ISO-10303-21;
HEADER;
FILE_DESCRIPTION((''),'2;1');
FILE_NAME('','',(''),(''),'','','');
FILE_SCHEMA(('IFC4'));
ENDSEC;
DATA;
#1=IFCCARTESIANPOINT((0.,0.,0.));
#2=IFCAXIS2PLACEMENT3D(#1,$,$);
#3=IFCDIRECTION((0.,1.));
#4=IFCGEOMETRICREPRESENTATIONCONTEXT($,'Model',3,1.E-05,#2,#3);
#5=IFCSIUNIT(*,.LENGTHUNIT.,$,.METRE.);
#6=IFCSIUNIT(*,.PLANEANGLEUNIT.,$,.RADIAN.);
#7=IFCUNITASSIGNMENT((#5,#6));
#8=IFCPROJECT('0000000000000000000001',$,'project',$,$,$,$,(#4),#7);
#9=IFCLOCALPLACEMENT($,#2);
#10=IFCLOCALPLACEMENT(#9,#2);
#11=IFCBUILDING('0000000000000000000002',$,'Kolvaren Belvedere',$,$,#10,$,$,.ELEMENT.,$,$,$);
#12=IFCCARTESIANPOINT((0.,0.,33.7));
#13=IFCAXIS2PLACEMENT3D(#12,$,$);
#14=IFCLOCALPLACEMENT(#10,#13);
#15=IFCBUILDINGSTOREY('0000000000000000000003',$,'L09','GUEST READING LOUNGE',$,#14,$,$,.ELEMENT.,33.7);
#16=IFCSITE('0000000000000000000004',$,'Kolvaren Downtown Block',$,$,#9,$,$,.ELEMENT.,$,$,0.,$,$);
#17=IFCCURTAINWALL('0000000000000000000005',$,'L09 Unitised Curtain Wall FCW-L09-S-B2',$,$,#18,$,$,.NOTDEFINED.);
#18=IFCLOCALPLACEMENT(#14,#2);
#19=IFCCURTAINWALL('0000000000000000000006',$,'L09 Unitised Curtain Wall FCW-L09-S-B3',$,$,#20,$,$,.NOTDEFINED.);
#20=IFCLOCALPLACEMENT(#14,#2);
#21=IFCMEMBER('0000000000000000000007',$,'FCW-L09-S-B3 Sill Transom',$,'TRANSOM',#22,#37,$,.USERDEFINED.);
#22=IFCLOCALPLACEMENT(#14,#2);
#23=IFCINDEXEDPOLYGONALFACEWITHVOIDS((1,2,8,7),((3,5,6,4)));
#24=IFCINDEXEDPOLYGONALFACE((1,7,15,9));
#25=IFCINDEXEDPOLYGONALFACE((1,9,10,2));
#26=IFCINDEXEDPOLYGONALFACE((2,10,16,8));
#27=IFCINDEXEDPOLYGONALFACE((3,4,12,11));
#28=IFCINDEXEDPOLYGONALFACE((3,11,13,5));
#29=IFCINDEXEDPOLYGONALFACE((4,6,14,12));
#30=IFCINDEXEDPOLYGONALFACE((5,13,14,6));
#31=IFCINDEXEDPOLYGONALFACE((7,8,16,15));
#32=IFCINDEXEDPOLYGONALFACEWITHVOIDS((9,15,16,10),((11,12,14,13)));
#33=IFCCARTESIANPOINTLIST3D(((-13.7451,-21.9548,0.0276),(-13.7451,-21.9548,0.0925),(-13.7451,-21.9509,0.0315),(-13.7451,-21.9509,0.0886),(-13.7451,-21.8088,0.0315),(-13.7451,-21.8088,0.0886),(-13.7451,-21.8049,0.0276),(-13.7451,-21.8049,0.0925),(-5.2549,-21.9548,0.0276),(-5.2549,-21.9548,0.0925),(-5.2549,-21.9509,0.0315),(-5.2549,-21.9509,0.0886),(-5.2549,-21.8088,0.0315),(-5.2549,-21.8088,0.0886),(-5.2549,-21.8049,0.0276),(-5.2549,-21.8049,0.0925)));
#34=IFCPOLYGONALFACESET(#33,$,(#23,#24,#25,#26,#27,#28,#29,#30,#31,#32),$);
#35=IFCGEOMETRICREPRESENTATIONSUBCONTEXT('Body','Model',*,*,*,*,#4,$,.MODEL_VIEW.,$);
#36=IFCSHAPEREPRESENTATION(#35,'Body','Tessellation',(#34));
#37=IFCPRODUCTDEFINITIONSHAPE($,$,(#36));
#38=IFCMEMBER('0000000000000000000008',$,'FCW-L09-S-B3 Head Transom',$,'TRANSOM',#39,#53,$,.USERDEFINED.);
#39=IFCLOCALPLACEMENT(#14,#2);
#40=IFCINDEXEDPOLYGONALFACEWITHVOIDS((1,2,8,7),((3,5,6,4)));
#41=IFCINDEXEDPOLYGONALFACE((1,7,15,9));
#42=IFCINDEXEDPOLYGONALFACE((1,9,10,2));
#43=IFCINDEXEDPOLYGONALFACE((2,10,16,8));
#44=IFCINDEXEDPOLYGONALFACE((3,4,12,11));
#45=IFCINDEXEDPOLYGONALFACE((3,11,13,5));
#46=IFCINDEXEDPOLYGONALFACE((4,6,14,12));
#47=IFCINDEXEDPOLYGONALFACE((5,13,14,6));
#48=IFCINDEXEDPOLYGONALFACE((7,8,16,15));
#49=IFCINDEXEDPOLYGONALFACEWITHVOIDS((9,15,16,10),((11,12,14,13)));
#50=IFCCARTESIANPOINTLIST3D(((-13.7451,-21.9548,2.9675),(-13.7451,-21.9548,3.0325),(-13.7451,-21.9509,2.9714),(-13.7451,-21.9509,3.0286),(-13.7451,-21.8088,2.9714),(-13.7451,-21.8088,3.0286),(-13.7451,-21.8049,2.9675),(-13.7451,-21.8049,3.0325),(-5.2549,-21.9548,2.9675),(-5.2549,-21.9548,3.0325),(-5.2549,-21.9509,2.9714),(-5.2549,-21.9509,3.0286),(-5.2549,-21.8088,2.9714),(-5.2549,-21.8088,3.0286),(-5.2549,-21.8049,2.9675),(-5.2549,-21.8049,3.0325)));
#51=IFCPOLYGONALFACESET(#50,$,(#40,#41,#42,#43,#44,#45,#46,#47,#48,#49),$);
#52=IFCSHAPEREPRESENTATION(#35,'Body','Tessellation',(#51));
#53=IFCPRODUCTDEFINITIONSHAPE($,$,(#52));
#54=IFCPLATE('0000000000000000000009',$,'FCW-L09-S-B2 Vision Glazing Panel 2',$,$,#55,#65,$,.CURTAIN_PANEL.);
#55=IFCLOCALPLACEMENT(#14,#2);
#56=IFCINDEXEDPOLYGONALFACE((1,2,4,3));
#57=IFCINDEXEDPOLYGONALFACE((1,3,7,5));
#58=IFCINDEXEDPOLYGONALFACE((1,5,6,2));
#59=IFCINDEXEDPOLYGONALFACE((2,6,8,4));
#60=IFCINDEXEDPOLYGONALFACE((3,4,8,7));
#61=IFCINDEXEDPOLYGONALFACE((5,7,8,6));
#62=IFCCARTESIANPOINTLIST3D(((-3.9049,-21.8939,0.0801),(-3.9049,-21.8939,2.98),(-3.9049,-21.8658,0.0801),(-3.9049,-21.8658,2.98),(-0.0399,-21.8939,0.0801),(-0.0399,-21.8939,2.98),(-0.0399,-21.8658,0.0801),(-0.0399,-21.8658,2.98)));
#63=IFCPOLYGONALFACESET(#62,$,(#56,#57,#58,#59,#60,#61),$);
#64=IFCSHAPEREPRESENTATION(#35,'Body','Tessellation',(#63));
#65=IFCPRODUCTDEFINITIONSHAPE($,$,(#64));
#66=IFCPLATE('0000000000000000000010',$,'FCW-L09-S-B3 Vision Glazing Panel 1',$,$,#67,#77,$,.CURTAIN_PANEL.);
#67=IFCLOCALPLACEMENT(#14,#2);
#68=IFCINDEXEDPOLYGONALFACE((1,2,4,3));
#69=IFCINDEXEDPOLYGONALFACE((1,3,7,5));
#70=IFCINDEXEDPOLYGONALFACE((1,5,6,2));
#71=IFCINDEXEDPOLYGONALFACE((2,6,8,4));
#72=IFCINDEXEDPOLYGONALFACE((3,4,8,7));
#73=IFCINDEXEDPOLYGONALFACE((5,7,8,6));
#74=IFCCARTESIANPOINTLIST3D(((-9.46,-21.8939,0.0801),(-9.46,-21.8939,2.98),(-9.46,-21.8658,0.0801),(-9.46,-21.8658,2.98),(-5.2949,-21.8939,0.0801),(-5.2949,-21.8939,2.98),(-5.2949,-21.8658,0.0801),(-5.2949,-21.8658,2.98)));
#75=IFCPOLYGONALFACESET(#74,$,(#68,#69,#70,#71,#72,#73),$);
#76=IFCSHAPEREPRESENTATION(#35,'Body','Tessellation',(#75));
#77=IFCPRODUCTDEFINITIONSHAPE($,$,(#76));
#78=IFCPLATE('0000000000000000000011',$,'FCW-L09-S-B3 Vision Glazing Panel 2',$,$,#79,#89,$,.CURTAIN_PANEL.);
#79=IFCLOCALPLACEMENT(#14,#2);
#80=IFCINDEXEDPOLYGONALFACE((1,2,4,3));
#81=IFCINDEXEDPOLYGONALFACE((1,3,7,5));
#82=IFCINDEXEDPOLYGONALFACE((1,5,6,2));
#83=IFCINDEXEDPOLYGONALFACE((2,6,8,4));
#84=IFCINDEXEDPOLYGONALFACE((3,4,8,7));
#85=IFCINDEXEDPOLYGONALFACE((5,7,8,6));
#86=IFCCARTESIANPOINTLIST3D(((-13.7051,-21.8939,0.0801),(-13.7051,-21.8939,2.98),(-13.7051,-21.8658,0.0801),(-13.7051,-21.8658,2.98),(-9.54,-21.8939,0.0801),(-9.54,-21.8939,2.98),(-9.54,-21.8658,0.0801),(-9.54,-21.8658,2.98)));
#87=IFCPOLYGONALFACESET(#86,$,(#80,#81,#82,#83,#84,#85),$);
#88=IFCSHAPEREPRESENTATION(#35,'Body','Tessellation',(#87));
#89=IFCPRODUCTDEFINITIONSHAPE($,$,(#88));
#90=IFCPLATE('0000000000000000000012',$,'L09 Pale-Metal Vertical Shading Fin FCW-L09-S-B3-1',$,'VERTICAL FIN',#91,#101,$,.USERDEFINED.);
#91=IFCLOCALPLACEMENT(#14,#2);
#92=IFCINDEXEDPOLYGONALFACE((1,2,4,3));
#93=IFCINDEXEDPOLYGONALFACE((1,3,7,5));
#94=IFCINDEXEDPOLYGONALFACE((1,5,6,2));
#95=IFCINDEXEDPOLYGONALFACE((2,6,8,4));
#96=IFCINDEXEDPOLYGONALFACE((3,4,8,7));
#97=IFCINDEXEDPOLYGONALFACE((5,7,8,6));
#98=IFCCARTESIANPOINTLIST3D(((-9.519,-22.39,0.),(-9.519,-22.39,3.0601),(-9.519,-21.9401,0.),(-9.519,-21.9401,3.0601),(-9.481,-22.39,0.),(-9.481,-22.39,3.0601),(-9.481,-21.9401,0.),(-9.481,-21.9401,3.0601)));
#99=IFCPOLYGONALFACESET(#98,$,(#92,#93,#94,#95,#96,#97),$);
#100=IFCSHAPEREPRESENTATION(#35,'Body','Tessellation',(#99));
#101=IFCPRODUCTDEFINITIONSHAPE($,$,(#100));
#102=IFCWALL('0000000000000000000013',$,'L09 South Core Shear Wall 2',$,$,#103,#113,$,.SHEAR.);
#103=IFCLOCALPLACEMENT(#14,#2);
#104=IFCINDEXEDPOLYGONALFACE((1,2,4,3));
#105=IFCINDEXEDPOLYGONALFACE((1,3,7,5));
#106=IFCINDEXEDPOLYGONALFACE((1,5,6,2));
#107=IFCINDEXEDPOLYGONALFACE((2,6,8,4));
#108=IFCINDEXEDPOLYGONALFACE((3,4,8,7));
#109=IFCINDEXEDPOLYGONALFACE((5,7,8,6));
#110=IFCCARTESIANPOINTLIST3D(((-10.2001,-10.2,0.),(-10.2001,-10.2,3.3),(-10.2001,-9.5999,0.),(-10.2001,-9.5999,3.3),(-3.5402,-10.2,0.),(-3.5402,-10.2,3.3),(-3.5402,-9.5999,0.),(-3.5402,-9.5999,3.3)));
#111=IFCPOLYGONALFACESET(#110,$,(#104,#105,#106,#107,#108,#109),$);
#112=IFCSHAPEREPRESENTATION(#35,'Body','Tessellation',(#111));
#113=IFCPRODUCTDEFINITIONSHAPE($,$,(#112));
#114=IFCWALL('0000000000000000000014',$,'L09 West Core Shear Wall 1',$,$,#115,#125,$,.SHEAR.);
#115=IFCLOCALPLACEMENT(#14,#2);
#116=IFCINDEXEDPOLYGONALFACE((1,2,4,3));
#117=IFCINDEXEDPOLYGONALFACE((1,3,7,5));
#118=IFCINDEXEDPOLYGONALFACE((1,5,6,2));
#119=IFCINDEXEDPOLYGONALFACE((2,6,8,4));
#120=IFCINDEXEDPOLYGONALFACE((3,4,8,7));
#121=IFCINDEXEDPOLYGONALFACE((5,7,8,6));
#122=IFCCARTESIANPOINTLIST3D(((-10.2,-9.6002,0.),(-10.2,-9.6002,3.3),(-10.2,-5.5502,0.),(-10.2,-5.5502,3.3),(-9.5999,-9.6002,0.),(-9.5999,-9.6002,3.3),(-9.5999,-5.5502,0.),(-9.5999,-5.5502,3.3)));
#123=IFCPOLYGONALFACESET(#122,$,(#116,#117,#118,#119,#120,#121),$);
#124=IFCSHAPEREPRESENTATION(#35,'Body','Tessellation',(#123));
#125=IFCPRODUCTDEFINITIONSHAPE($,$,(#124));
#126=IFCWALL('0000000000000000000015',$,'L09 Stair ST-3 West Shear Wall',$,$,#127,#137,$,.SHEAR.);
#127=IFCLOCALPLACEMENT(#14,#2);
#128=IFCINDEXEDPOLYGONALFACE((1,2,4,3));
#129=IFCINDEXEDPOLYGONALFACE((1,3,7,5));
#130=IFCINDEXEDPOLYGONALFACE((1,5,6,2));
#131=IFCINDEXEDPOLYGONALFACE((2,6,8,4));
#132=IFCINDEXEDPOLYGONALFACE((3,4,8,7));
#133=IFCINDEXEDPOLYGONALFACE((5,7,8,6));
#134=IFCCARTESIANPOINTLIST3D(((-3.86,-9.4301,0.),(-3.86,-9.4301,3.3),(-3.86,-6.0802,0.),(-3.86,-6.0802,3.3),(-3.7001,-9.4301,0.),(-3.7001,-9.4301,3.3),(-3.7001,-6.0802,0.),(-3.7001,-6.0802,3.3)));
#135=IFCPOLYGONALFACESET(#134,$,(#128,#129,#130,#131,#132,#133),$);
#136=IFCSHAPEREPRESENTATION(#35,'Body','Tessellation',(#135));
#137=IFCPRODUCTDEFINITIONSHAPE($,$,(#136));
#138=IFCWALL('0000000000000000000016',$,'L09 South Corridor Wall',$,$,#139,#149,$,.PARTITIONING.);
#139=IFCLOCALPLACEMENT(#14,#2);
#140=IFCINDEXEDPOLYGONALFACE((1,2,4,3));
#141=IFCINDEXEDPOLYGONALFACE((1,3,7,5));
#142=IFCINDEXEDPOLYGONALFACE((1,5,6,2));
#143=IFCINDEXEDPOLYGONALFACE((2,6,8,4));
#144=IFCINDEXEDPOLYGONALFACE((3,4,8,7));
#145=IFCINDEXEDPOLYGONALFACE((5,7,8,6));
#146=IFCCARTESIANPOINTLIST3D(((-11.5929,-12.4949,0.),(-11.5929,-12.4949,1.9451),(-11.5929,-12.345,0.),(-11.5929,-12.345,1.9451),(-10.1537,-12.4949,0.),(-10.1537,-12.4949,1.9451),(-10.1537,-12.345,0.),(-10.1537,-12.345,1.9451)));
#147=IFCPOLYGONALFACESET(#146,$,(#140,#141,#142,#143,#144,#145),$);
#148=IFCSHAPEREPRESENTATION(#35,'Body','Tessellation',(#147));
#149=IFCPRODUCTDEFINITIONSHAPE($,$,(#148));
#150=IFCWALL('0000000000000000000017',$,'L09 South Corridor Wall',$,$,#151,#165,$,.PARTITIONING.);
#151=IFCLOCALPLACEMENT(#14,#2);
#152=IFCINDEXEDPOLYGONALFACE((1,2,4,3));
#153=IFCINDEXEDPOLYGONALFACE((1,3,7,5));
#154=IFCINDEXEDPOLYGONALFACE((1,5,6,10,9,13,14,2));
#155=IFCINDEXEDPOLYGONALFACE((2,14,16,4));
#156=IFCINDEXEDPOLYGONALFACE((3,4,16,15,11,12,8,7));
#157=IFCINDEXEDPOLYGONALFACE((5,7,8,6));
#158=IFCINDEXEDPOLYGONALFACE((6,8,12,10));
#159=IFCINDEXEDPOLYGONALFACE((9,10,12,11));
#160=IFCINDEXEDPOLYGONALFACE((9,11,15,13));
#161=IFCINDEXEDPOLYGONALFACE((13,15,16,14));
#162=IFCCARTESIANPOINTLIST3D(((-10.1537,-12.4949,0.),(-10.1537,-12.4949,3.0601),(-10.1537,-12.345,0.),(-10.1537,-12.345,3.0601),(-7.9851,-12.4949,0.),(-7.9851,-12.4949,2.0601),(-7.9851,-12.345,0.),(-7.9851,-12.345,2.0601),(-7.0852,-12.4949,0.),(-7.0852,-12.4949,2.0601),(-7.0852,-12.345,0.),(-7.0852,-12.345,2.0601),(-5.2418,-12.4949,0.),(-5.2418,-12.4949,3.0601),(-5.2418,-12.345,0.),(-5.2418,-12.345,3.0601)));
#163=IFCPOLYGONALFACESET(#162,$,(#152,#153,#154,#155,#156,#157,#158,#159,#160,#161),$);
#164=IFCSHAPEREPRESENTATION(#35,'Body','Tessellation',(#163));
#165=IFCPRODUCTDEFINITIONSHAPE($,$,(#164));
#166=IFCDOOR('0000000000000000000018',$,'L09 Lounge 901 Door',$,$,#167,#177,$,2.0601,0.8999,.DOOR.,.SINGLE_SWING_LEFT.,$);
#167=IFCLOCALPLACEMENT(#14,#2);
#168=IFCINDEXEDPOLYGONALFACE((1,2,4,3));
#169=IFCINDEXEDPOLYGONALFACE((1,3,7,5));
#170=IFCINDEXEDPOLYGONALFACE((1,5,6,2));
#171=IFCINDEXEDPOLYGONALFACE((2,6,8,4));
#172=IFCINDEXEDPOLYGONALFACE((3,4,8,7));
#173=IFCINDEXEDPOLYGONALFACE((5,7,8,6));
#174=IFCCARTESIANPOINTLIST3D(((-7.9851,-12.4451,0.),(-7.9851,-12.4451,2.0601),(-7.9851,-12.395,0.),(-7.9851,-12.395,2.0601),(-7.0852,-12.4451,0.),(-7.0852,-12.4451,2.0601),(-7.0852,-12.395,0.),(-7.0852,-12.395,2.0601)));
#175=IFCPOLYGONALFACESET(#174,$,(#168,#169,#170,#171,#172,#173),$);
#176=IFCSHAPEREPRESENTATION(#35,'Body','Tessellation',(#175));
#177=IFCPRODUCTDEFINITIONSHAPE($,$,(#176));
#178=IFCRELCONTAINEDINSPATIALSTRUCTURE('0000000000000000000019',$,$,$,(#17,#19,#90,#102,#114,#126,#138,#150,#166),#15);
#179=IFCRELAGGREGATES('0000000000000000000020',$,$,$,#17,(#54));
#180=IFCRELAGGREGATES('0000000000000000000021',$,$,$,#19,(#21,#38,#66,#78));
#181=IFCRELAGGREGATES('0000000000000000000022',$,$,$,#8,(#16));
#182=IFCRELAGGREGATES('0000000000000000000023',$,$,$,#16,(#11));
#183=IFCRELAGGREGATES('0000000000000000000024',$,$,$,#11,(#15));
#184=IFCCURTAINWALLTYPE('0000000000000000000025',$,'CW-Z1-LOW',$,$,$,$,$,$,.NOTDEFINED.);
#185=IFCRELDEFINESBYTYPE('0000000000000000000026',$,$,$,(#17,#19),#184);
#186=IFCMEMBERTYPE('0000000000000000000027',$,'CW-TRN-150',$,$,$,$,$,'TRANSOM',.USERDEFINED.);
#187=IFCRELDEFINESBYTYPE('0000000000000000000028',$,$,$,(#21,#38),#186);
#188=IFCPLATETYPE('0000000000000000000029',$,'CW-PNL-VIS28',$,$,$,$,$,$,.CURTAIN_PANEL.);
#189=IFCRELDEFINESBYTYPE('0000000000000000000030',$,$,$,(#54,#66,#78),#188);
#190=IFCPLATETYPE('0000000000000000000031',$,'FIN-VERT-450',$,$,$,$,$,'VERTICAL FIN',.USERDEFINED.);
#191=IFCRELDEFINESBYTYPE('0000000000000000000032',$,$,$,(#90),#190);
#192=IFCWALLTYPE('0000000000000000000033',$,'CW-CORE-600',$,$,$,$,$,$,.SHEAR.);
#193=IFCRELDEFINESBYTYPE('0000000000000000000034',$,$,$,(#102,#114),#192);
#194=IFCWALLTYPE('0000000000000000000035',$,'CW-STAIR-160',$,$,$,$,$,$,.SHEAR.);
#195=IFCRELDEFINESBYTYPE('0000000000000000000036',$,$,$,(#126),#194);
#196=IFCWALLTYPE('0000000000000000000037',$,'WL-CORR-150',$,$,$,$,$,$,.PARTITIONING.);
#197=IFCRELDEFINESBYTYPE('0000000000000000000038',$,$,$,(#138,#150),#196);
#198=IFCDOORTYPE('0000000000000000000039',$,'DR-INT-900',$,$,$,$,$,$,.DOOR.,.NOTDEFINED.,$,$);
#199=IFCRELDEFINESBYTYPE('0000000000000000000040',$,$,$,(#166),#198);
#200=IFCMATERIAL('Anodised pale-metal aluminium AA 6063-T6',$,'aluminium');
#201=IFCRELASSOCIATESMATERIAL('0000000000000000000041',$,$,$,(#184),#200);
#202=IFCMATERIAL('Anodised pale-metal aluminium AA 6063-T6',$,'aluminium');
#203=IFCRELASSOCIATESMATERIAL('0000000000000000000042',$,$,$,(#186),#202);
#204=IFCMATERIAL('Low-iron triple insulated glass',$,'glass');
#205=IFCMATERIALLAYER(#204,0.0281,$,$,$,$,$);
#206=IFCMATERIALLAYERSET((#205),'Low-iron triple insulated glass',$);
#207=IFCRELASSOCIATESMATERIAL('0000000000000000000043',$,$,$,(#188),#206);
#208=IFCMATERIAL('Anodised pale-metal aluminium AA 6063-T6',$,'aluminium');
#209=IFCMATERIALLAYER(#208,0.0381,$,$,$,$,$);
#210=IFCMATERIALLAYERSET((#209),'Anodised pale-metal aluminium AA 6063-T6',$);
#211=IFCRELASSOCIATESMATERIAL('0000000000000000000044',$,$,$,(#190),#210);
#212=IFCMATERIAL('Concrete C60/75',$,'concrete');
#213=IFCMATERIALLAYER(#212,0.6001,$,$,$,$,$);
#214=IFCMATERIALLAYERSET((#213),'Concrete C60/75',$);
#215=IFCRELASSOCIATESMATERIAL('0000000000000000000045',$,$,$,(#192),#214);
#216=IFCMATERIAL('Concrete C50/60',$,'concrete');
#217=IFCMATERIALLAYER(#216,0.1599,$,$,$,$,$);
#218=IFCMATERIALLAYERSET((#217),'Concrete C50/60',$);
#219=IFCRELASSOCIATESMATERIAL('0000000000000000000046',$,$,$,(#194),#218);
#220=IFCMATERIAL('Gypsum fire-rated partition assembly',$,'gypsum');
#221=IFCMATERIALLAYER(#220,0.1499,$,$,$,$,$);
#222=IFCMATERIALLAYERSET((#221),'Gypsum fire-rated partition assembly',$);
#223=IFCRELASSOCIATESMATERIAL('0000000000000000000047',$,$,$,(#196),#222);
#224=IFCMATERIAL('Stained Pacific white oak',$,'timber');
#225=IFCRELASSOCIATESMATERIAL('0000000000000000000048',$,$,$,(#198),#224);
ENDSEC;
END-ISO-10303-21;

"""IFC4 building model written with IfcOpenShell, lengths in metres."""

from ifc_helpers import new_model, si_unit, direction, frame, frame_2d, origin, origin_2d, place, context, subcontext, project, spatial, rectangle, hollow_rectangle, extrude, material, layer, layer_set, material_profile, profile_set, type_object, element, fill, aggregate, save


model = new_model("IFC4")

# Units and contexts
model_context = context("Model", 3, precision=1e-05, world=origin(), true_north=direction((0.0, 1.0)))
body_context = subcontext(model_context, "Body", "Model", "MODEL_VIEW")
ifc_project = project(units=[si_unit("LENGTHUNIT", "METRE"), si_unit("PLANEANGLEUNIT", "RADIAN")], contexts=[model_context])

# Site, building, storey
site_placement = place(None, origin())
site = spatial("IfcSite", under=ifc_project, at=site_placement, Name="Kolvaren Downtown Block", CompositionType="ELEMENT", RefElevation=0.0)
building_placement = place(site_placement, origin())
building = spatial("IfcBuilding", under=site, at=building_placement, Name="Kolvaren Belvedere", CompositionType="ELEMENT")
storey_placement = place(building_placement, frame((0.0, 0.0, 33.7)))
storey = spatial("IfcBuildingStorey", under=building, at=storey_placement, Name="L09", Description="GUEST READING LOUNGE", CompositionType="ELEMENT", Elevation=33.7)

# Curtain wall
ifc_material_1 = material(Name="Anodised pale-metal aluminium AA 6063-T6", Category="aluminium")
curtain_wall_type = type_object("IfcCurtainWallType", Name="CW-Z1-LOW", PredefinedType="NOTDEFINED", material=ifc_material_1)
curtain_wall_1_placement = place(storey_placement, origin())
curtain_wall_1 = element("IfcCurtainWall", 1, at=curtain_wall_1_placement, inside=storey, type_object=curtain_wall_type, Name="L09 Unitised Curtain Wall FCW-L09-S-B2", PredefinedType="NOTDEFINED")

# Curtain wall, members
curtain_wall_2_placement = place(storey_placement, origin())
curtain_wall_2 = element("IfcCurtainWall", 2, at=curtain_wall_2_placement, inside=storey, type_object=curtain_wall_type, Name="L09 Unitised Curtain Wall FCW-L09-S-B3", PredefinedType="NOTDEFINED")
ifc_material_2 = material(Name="Anodised pale-metal aluminium AA 6063-T6", Category="aluminium")
ifc_material_profile_1 = material_profile(ifc_material_2, hollow_rectangle(XDim=0.0649, YDim=0.1499, WallThickness=0.0039, at=origin_2d()), Name="ALU-TRN-150X65")
ifc_profile_set_1 = profile_set([ifc_material_profile_1], Name="Anodised pale-metal aluminium AA 6063-T6")
member_type_1 = type_object("IfcMemberType", Name="CW-TRN-150", ElementType="TRANSOM", PredefinedType="USERDEFINED", material=ifc_profile_set_1)
member_1_placement = place(storey_placement, frame((-5.2549, -21.8799, 0.0601), z_axis=(-1.0, 0.0, 0.0), x_axis=(0.0, 0.0, 1.0)))
member_1 = element("IfcMember", 3, at=member_1_placement, type_object=member_type_1, Name="FCW-L09-S-B3 Sill Transom", ObjectType="TRANSOM", PredefinedType="USERDEFINED", context=body_context, shape_type="SweptSolid", body=[
    extrude(hollow_rectangle(XDim=0.0649, YDim=0.1499, WallThickness=0.0039, at=origin_2d()), origin(), (0.0, 0.0, 1.0), 8.4902),
])
member_2_placement = place(storey_placement, frame((-5.2549, -21.8799, 3.0), z_axis=(-1.0, 0.0, 0.0), x_axis=(0.0, 0.0, 1.0)))
member_2 = element("IfcMember", 4, at=member_2_placement, type_object=member_type_1, Name="FCW-L09-S-B3 Head Transom", ObjectType="TRANSOM", PredefinedType="USERDEFINED", context=body_context, shape_type="SweptSolid", body=[
    extrude(hollow_rectangle(XDim=0.0649, YDim=0.1499, WallThickness=0.0039, at=origin_2d()), origin(), (0.0, 0.0, 1.0), 8.4902),
])

# Plates
ifc_material_3 = material(Name="Low-iron triple insulated glass", Category="glass")
ifc_layer_1 = layer(ifc_material_3, 0.0281)
ifc_layer_set_1 = layer_set([ifc_layer_1], Name="Low-iron triple insulated glass")
plate_type_1 = type_object("IfcPlateType", Name="CW-PNL-VIS28", PredefinedType="CURTAIN_PANEL", material=ifc_layer_set_1)
plate_1_placement = place(storey_placement, frame((-1.9724, -21.8799, 0.0801), z_axis=(0.0, 0.0, 1.0), x_axis=(-1.0, 0.0, 0.0)))
plate_1 = element("IfcPlate", 5, at=plate_1_placement, type_object=plate_type_1, Name="FCW-L09-S-B2 Vision Glazing Panel 2", PredefinedType="CURTAIN_PANEL", context=body_context, shape_type="SweptSolid", body=[
    extrude(rectangle(XDim=3.865, YDim=0.0281, at=origin_2d()), origin(), (0.0, 0.0, 1.0), 2.8999),
])
aggregate(curtain_wall_1, [plate_1])
plate_2_placement = place(storey_placement, frame((-7.3774, -21.8799, 0.0801), z_axis=(0.0, 0.0, 1.0), x_axis=(-1.0, 0.0, 0.0)))
plate_2 = element("IfcPlate", 6, at=plate_2_placement, type_object=plate_type_1, Name="FCW-L09-S-B3 Vision Glazing Panel 1", PredefinedType="CURTAIN_PANEL", context=body_context, shape_type="SweptSolid", body=[
    extrude(rectangle(XDim=4.165, YDim=0.0281, at=origin_2d()), origin(), (0.0, 0.0, 1.0), 2.8999),
])
plate_3_placement = place(storey_placement, frame((-11.6226, -21.8799, 0.0801), z_axis=(0.0, 0.0, 1.0), x_axis=(-1.0, 0.0, 0.0)))
plate_3 = element("IfcPlate", 7, at=plate_3_placement, type_object=plate_type_1, Name="FCW-L09-S-B3 Vision Glazing Panel 2", PredefinedType="CURTAIN_PANEL", context=body_context, shape_type="SweptSolid", body=[
    extrude(rectangle(XDim=4.165, YDim=0.0281, at=origin_2d()), origin(), (0.0, 0.0, 1.0), 2.8999),
])
aggregate(curtain_wall_2, [member_1, member_2, plate_2, plate_3])
ifc_material_4 = material(Name="Anodised pale-metal aluminium AA 6063-T6", Category="aluminium")
ifc_layer_2 = layer(ifc_material_4, 0.0381)
ifc_layer_set_2 = layer_set([ifc_layer_2], Name="Anodised pale-metal aluminium AA 6063-T6")
plate_type_2 = type_object("IfcPlateType", Name="FIN-VERT-450", ElementType="VERTICAL FIN", PredefinedType="USERDEFINED", material=ifc_layer_set_2)
plate_4_placement = place(storey_placement, frame((-9.5, -22.165, 0.0), z_axis=(0.0, 0.0, 1.0), x_axis=(0.0, 1.0, 0.0)))
element("IfcPlate", 8, at=plate_4_placement, inside=storey, type_object=plate_type_2, Name="L09 Pale-Metal Vertical Shading Fin FCW-L09-S-B3-1", ObjectType="VERTICAL FIN", PredefinedType="USERDEFINED", context=body_context, shape_type="SweptSolid", body=[
    extrude(rectangle(XDim=0.45, YDim=0.0381, at=origin_2d()), origin(), (0.0, 0.0, 1.0), 3.0601),
])

# Walls
ifc_material_5 = material(Name="Concrete C60/75", Category="concrete")
ifc_layer_3 = layer(ifc_material_5, 0.6001)
ifc_layer_set_3 = layer_set([ifc_layer_3], Name="Concrete C60/75")
wall_type_1 = type_object("IfcWallType", Name="CW-CORE-600", PredefinedType="SHEAR", material=ifc_layer_set_3)
wall_1_placement = place(storey_placement, frame((-3.54, -9.8999, 0.0), z_axis=(0.0, 0.0, 1.0), x_axis=(-1.0, 0.0, 0.0)))
element("IfcWall", 9, at=wall_1_placement, inside=storey, type_object=wall_type_1, Name="L09 South Core Shear Wall 2", PredefinedType="SHEAR", context=body_context, shape_type="SweptSolid", body=[
    extrude(rectangle(XDim=6.6599, YDim=0.6001, at=frame_2d((3.3301, 0.0))), origin(), (0.0, 0.0, 1.0), 3.3),
])
wall_2_placement = place(storey_placement, frame((-9.8999, -9.6001, 0.0), z_axis=(0.0, 0.0, 1.0), x_axis=(0.0, 1.0, 0.0)))
element("IfcWall", 10, at=wall_2_placement, inside=storey, type_object=wall_type_1, Name="L09 West Core Shear Wall 1", PredefinedType="SHEAR", context=body_context, shape_type="SweptSolid", body=[
    extrude(rectangle(XDim=4.05, YDim=0.6001, at=frame_2d((2.0249, 0.0))), origin(), (0.0, 0.0, 1.0), 3.3),
])
ifc_material_6 = material(Name="Concrete C50/60", Category="concrete")
ifc_layer_4 = layer(ifc_material_6, 0.1599)
ifc_layer_set_4 = layer_set([ifc_layer_4], Name="Concrete C50/60")
wall_type_2 = type_object("IfcWallType", Name="CW-STAIR-160", PredefinedType="SHEAR", material=ifc_layer_set_4)
wall_3_placement = place(storey_placement, frame((-3.78, -9.4299, 0.0), z_axis=(0.0, 0.0, 1.0), x_axis=(0.0, 1.0, 0.0)))
element("IfcWall", 11, at=wall_3_placement, inside=storey, type_object=wall_type_2, Name="L09 Stair ST-3 West Shear Wall", PredefinedType="SHEAR", context=body_context, shape_type="SweptSolid", body=[
    extrude(rectangle(XDim=3.3499, YDim=0.1599, at=frame_2d((1.6748, 0.0))), origin(), (0.0, 0.0, 1.0), 3.3),
])
ifc_material_7 = material(Name="Gypsum fire-rated partition assembly", Category="gypsum")
ifc_layer_5 = layer(ifc_material_7, 0.1499)
ifc_layer_set_5 = layer_set([ifc_layer_5], Name="Gypsum fire-rated partition assembly")
wall_type_3 = type_object("IfcWallType", Name="WL-CORR-150", PredefinedType="PARTITIONING", material=ifc_layer_set_5)
wall_4_placement = place(storey_placement, frame((-11.593, -12.4199, 0.0), z_axis=(0.0, 0.0, 1.0), x_axis=(1.0, 0.0, 0.0)))
element("IfcWall", 12, at=wall_4_placement, inside=storey, type_object=wall_type_3, Name="L09 South Corridor Wall", PredefinedType="PARTITIONING", context=body_context, shape_type="SweptSolid", body=[
    extrude(rectangle(XDim=1.4392, YDim=0.1499, at=frame_2d((0.7197, 0.0))), origin(), (0.0, 0.0, 1.0), 1.9451),
])

# Wall, opening, door
wall_5_placement = place(storey_placement, frame((-10.1538, -12.4199, 0.0), z_axis=(0.0, 0.0, 1.0), x_axis=(1.0, 0.0, 0.0)))
wall_5 = element("IfcWall", 13, at=wall_5_placement, inside=storey, type_object=wall_type_3, Name="L09 South Corridor Wall", PredefinedType="PARTITIONING", context=body_context, shape_type="SweptSolid", body=[
    extrude(rectangle(XDim=4.9119, YDim=0.1499, at=frame_2d((2.4561, 0.0))), origin(), (0.0, 0.0, 1.0), 3.0601),
])
opening_1_placement = place(wall_5_placement, frame((2.1687, 0.0, 0.0)))
opening_1 = element("IfcOpeningElement", 14, at=opening_1_placement, cuts=wall_5, PredefinedType="OPENING", context=body_context, shape_type="SweptSolid", body=[
    extrude(rectangle(XDim=0.8999, YDim=2.0601, at=frame_2d((0.45, 1.03))), frame((0.0, 0.085, 0.0), z_axis=(0.0, -1.0, 0.0), x_axis=(1.0, 0.0, 0.0)), (0.0, 0.0, 1.0), 0.1699),
])
ifc_material_8 = material(Name="Stained Pacific white oak", Category="timber")
door_type_1 = type_object("IfcDoorType", Name="DR-INT-900", OperationType="NOTDEFINED", PredefinedType="DOOR", material=ifc_material_8)
door_1_placement = place(opening_1_placement, origin())
door_1 = element("IfcDoor", 15, at=door_1_placement, inside=storey, type_object=door_type_1, Name="L09 Lounge 901 Door", OperationType="SINGLE_SWING_LEFT", OverallHeight=2.0601, OverallWidth=0.8999, PredefinedType="DOOR", context=body_context, shape_type="SweptSolid", body=[
    extrude(rectangle(XDim=0.8999, YDim=2.0601, at=frame_2d((0.45, 1.03))), frame((0.0, 0.0249, 0.0), z_axis=(0.0, -1.0, 0.0), x_axis=(1.0, 0.0, 0.0)), (0.0, 0.0, 1.0), 0.05),
])
fill(opening_1, door_1)

save(model, "model.ifc")
